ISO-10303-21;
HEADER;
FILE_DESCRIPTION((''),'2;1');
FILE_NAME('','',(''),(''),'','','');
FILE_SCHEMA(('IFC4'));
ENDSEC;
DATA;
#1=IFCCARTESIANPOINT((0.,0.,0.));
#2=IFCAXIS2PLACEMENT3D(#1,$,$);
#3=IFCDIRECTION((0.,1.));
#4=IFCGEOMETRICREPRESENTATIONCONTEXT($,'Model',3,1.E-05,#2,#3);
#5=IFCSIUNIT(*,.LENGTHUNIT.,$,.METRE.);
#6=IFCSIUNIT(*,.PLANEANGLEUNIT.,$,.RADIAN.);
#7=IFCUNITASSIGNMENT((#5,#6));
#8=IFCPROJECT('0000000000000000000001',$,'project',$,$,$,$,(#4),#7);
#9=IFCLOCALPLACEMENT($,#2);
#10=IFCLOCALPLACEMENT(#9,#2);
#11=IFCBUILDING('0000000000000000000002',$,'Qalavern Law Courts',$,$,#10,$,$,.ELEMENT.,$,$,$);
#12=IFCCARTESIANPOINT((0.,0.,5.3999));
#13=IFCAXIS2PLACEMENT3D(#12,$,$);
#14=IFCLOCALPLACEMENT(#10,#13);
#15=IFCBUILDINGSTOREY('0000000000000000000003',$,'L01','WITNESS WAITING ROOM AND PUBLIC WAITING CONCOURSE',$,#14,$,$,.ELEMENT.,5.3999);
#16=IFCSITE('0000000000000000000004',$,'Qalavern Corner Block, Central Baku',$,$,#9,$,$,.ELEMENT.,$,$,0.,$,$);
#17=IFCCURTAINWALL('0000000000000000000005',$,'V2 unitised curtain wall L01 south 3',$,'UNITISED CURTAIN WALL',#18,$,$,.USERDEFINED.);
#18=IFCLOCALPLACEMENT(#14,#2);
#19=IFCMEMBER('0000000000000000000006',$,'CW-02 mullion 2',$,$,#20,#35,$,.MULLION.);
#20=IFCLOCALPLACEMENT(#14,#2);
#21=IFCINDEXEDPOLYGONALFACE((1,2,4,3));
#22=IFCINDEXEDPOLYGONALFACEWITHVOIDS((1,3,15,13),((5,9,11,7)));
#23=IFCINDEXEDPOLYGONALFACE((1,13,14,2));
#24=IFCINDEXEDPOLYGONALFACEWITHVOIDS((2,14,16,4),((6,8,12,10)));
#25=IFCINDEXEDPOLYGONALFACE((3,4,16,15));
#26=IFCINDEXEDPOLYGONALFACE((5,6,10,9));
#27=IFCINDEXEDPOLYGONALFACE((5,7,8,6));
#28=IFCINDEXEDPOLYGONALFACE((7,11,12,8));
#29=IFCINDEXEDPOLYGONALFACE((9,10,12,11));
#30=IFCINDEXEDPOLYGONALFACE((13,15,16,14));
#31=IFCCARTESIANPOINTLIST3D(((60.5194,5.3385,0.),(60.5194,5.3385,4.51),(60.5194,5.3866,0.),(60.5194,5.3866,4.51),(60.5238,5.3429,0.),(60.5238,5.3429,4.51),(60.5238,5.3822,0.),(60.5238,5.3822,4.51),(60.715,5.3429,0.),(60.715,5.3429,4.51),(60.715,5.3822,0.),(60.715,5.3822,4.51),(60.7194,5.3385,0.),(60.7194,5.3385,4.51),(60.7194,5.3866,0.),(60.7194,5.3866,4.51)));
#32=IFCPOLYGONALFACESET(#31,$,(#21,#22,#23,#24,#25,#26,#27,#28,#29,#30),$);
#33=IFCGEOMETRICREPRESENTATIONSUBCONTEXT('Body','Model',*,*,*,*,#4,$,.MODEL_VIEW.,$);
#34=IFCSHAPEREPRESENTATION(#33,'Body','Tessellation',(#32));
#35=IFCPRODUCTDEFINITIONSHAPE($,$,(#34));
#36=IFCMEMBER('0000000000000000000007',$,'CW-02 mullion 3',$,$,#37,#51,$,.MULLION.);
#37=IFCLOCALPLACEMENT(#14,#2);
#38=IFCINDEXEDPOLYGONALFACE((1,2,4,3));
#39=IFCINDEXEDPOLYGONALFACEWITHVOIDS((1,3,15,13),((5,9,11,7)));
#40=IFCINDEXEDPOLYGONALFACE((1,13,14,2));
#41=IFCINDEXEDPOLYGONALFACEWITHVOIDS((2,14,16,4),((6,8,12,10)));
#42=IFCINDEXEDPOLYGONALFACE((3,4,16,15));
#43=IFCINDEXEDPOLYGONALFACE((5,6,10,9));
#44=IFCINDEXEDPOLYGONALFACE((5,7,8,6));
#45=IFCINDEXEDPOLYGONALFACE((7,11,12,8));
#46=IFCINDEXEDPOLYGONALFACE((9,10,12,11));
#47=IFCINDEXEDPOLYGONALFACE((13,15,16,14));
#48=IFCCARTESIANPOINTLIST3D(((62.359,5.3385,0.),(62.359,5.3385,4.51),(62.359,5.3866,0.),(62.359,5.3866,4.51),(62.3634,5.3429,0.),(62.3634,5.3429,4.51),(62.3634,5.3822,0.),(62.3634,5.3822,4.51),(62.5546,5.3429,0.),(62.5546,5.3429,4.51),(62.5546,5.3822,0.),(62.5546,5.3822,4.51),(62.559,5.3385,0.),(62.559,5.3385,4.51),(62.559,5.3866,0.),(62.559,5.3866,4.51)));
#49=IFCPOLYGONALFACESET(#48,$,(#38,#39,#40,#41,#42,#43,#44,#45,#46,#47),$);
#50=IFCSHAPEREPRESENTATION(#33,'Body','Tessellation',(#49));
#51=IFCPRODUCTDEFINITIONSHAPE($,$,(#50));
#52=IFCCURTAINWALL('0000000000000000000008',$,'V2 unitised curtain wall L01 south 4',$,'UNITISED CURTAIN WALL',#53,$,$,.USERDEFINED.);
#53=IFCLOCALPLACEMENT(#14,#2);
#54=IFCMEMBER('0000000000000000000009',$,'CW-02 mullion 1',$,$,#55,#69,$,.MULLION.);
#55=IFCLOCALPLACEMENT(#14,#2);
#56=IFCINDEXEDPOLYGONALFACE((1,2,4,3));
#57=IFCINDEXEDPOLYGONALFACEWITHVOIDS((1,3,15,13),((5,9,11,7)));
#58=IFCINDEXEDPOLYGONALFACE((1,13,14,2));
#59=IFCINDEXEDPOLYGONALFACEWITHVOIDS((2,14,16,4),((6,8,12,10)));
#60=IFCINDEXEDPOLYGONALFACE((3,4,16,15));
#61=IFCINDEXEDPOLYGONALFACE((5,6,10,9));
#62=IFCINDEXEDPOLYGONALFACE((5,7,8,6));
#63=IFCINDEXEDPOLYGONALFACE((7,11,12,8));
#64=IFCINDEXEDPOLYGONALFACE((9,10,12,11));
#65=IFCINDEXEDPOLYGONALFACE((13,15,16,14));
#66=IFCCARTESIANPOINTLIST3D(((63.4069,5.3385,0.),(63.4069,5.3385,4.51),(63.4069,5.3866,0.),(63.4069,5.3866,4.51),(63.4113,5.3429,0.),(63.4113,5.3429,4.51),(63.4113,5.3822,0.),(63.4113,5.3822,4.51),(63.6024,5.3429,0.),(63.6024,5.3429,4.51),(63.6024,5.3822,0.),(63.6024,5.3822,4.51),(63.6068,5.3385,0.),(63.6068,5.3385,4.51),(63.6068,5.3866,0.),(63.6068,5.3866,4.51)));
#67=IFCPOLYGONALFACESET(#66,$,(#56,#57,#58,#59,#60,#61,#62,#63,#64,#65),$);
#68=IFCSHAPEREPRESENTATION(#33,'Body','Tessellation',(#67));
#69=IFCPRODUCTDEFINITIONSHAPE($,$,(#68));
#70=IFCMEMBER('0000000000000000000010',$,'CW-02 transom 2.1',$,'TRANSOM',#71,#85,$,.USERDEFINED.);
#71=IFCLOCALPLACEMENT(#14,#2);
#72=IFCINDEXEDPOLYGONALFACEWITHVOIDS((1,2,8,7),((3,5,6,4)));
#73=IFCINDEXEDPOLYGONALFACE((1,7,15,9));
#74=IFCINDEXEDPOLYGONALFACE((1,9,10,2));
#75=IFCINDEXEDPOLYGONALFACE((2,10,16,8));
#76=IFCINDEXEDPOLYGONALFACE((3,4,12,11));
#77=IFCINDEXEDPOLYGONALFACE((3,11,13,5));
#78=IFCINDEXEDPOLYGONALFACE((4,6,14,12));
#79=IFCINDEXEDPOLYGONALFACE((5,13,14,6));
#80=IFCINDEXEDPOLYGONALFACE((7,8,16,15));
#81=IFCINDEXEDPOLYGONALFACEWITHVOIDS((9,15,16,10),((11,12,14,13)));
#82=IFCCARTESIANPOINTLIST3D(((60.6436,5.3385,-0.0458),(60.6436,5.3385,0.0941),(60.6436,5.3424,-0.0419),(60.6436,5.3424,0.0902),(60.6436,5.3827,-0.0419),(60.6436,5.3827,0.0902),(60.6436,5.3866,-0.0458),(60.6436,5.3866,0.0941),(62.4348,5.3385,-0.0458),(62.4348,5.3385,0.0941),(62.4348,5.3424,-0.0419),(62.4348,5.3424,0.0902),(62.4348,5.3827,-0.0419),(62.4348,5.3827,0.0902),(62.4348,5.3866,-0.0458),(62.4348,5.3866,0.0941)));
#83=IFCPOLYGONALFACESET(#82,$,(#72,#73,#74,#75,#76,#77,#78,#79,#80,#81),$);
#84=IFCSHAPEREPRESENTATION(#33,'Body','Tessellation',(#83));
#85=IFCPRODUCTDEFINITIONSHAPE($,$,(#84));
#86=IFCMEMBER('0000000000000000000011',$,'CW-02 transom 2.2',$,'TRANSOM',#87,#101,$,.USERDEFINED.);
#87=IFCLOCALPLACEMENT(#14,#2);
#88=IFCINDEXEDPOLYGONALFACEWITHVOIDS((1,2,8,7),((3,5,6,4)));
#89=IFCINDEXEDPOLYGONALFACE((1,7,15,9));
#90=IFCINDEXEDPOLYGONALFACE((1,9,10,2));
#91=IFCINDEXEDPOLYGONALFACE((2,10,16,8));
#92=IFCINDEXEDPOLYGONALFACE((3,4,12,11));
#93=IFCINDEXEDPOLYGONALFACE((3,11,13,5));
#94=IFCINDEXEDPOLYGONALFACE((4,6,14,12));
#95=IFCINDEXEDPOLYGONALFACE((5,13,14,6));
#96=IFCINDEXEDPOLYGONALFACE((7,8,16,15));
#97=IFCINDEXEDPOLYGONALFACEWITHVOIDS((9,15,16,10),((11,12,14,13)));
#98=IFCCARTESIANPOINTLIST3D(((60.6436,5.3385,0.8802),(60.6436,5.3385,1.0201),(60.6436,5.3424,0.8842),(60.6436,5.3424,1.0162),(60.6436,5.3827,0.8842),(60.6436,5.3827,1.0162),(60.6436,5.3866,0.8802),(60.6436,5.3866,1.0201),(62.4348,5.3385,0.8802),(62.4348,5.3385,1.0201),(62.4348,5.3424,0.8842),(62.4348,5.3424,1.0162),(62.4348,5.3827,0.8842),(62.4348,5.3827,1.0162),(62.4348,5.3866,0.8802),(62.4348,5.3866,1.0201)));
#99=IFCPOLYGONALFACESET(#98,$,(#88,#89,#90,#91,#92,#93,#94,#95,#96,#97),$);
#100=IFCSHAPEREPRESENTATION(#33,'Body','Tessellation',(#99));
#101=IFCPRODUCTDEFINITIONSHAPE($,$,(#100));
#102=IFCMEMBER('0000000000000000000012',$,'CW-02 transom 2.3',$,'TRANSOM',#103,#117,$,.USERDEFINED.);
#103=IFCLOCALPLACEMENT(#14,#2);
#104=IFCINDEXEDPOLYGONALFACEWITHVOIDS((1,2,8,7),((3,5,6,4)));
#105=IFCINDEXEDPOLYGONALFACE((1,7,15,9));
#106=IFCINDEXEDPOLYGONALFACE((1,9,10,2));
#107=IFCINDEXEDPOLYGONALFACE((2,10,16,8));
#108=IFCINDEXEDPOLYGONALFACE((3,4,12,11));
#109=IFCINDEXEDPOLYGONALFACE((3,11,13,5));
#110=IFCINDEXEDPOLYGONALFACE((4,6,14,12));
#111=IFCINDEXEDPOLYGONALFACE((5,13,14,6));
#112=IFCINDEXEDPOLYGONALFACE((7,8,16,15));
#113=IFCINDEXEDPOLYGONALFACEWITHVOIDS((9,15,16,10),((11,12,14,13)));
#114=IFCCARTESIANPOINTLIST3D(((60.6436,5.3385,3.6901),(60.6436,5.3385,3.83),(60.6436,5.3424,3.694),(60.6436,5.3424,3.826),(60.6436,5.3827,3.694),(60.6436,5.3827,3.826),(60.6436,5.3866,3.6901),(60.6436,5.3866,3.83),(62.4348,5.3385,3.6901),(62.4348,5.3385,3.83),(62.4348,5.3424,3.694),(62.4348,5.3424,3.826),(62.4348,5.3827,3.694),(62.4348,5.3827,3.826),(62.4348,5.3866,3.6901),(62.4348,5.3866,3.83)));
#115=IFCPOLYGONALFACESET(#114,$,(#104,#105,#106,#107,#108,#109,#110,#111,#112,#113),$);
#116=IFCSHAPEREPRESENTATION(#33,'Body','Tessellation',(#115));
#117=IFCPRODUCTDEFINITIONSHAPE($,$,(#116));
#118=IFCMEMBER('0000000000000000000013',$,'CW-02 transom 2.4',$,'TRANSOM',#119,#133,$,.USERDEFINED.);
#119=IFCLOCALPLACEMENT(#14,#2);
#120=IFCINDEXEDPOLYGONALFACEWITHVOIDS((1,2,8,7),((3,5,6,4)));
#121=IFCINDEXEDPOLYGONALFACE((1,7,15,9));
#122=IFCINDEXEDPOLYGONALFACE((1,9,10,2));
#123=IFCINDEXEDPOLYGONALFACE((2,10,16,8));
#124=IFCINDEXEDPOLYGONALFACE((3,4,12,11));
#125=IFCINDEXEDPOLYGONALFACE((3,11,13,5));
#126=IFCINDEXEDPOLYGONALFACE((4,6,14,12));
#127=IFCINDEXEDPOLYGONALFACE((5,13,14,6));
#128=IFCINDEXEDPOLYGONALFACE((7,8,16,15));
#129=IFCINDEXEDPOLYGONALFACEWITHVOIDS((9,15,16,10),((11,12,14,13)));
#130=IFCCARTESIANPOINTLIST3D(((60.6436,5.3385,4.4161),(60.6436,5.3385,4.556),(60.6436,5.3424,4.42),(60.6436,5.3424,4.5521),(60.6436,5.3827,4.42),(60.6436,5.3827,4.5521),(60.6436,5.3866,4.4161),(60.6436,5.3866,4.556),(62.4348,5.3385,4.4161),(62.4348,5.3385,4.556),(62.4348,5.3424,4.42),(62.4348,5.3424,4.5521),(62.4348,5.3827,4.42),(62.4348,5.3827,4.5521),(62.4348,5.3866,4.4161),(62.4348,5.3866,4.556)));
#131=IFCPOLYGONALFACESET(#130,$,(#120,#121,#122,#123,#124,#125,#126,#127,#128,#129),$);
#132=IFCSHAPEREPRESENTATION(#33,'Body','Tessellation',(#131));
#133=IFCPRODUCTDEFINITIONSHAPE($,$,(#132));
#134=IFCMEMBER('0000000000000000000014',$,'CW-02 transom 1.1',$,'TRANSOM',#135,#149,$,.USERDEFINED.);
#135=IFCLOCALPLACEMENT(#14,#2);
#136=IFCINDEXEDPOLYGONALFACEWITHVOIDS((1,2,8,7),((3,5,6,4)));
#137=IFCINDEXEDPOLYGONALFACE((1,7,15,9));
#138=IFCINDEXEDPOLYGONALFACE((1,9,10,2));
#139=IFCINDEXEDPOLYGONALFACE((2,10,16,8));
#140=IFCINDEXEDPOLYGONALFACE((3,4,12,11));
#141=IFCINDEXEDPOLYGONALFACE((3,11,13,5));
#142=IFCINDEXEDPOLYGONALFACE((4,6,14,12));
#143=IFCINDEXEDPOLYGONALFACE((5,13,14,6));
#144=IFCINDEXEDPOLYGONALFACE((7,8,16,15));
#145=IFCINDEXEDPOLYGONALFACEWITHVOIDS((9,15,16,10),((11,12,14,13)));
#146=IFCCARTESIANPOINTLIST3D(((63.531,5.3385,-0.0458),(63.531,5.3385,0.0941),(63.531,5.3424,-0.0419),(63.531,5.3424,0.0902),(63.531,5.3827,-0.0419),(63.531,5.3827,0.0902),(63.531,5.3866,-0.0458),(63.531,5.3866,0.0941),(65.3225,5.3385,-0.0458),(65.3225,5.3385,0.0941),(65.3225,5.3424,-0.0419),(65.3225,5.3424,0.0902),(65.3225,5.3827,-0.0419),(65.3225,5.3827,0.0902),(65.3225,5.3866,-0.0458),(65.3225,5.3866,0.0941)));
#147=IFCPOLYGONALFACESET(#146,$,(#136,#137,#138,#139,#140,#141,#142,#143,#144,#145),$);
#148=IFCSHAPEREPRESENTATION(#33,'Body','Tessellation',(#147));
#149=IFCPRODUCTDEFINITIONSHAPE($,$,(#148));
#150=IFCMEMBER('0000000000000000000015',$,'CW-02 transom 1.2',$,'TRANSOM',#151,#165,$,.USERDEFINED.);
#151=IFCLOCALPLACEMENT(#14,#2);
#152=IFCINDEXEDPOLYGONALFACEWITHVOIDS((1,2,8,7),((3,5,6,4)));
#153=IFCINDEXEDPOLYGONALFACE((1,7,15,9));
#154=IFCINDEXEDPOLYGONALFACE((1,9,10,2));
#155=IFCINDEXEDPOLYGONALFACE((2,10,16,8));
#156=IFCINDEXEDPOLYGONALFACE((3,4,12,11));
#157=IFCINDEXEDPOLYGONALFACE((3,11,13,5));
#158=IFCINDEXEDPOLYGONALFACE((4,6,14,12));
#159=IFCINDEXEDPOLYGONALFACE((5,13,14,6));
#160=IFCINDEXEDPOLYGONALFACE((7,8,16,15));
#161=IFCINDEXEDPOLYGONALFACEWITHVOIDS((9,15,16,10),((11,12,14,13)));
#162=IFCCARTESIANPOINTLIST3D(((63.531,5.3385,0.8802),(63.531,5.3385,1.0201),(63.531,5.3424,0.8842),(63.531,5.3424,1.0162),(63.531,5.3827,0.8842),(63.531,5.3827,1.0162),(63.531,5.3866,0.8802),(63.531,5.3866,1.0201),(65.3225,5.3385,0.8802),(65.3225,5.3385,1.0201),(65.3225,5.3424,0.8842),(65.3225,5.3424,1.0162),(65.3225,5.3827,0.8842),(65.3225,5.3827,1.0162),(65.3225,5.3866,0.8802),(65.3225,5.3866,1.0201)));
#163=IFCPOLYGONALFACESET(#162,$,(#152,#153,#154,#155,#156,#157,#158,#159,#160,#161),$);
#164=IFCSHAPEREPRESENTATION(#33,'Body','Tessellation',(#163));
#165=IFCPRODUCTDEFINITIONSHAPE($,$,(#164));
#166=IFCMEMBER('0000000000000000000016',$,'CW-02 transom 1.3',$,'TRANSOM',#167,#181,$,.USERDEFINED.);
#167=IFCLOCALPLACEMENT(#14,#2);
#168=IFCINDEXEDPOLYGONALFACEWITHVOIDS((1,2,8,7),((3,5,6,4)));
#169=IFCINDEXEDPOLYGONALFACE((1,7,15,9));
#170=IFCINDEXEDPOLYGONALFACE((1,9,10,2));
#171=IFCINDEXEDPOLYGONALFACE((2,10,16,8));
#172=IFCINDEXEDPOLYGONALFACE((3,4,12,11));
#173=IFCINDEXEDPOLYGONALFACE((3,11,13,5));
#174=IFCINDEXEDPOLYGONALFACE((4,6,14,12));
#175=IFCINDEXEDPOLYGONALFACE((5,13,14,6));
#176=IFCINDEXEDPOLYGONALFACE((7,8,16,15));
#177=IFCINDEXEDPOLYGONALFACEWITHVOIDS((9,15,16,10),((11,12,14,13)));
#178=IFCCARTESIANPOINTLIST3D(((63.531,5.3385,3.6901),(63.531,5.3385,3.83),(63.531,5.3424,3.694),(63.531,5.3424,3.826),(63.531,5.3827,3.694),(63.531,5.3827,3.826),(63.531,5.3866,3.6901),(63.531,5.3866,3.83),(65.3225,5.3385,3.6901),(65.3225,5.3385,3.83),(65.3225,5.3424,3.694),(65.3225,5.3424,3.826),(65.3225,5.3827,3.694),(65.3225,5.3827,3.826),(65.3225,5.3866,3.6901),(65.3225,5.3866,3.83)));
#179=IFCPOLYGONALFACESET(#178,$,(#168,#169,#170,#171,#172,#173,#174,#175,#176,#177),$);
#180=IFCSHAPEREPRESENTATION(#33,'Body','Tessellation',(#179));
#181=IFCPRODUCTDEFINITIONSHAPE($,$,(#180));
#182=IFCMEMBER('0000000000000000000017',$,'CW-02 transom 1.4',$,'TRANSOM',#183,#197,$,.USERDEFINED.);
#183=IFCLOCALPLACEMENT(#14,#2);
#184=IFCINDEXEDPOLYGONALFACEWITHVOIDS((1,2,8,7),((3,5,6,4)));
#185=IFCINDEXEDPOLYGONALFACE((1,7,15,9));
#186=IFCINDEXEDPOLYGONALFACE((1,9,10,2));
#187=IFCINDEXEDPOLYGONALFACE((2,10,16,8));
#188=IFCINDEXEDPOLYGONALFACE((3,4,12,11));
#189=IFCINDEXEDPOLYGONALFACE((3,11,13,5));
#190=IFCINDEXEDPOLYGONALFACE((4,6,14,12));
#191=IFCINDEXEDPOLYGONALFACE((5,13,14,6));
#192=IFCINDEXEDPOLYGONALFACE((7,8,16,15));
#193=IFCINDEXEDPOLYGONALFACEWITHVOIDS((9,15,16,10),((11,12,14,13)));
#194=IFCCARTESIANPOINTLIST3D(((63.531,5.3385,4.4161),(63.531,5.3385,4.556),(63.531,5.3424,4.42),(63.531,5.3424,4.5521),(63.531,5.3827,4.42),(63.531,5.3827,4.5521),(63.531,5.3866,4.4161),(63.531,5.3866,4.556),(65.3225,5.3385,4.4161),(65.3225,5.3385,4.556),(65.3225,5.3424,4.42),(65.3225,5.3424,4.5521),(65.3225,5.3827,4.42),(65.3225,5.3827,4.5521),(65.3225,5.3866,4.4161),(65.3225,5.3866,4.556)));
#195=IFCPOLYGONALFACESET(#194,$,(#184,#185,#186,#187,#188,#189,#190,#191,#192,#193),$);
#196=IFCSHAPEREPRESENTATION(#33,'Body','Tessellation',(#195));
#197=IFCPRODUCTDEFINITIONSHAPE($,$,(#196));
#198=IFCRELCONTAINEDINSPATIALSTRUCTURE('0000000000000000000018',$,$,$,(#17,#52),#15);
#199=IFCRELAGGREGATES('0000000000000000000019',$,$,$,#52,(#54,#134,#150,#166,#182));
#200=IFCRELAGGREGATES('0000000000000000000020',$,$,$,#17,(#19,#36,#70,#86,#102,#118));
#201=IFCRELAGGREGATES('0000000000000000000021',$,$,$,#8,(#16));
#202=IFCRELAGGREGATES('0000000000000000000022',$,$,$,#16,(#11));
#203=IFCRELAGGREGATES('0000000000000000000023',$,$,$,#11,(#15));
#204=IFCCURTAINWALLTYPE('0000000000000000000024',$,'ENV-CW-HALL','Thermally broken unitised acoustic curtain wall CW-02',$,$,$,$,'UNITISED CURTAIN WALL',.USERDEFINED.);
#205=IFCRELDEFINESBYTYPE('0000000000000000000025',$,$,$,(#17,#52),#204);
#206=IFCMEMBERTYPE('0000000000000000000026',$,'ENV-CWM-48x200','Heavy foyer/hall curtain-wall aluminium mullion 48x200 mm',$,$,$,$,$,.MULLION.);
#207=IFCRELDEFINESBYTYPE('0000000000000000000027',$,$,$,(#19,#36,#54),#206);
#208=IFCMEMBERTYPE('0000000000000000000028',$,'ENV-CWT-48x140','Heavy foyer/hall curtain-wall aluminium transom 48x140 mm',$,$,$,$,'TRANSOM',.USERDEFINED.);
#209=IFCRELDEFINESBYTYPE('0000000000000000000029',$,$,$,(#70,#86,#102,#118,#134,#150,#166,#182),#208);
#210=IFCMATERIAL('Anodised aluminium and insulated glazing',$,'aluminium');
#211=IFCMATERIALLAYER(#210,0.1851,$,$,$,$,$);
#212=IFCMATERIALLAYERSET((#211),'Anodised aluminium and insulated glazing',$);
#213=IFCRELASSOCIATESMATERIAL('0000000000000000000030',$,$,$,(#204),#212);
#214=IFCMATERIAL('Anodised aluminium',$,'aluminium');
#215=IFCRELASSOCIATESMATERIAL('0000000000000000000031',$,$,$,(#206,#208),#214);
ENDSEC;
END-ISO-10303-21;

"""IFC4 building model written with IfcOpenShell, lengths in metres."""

from ifc_helpers import new_model, si_unit, direction, frame, origin, origin_2d, place, context, subcontext, project, spatial, hollow_rectangle, extrude, material, layer, layer_set, material_profile, profile_set, type_object, element, aggregate, save


model = new_model("IFC4")

# Units and contexts
model_context = context("Model", 3, precision=1e-05, world=origin(), true_north=direction((0.0, 1.0)))
body_context = subcontext(model_context, "Body", "Model", "MODEL_VIEW")
ifc_project = project(units=[si_unit("LENGTHUNIT", "METRE"), si_unit("PLANEANGLEUNIT", "RADIAN")], contexts=[model_context])

# Site, building, storey
site_placement = place(None, origin())
site = spatial("IfcSite", under=ifc_project, at=site_placement, Name="Qalavern Corner Block, Central Baku", CompositionType="ELEMENT", RefElevation=0.0)
building_placement = place(site_placement, origin())
building = spatial("IfcBuilding", under=site, at=building_placement, Name="Qalavern Law Courts", CompositionType="ELEMENT")
storey_placement = place(building_placement, frame((0.0, 0.0, 5.3999)))
storey = spatial("IfcBuildingStorey", under=building, at=storey_placement, Name="L01", Description="WITNESS WAITING ROOM AND PUBLIC WAITING CONCOURSE", CompositionType="ELEMENT", Elevation=5.3999)

# Curtain wall, members
ifc_material_1 = material(Name="Anodised aluminium and insulated glazing", Category="aluminium")
ifc_layer_1 = layer(ifc_material_1, 0.1851)
ifc_layer_set_1 = layer_set([ifc_layer_1], Name="Anodised aluminium and insulated glazing")
curtain_wall_type = type_object("IfcCurtainWallType", Name="ENV-CW-HALL", Description="Thermally broken unitised acoustic curtain wall CW-02", ElementType="UNITISED CURTAIN WALL", PredefinedType="USERDEFINED", material=ifc_layer_set_1)
curtain_wall_1_placement = place(storey_placement, origin())
curtain_wall_1 = element("IfcCurtainWall", 1, at=curtain_wall_1_placement, inside=storey, type_object=curtain_wall_type, Name="V2 unitised curtain wall L01 south 3", ObjectType="UNITISED CURTAIN WALL", PredefinedType="USERDEFINED")
ifc_material_2 = material(Name="Anodised aluminium", Category="aluminium")
ifc_material_profile_1 = material_profile(ifc_material_2, hollow_rectangle(XDim=0.0481, YDim=0.2, WallThickness=0.0044, at=origin_2d()), Name="ALU MULLION 48x200")
ifc_profile_set_1 = profile_set([ifc_material_profile_1], Name="Anodised aluminium")
member_type_1 = type_object("IfcMemberType", Name="ENV-CWM-48x200", Description="Heavy foyer/hall curtain-wall aluminium mullion 48x200 mm", PredefinedType="MULLION", material=ifc_profile_set_1)
member_1_placement = place(storey_placement, frame((60.6194, 5.3625, 0.0), z_axis=(0.0, 0.0, 1.0), x_axis=(0.0, 1.0, 0.0)))
member_1 = element("IfcMember", 2, at=member_1_placement, type_object=member_type_1, Name="CW-02 mullion 2", PredefinedType="MULLION", context=body_context, shape_type="SweptSolid", body=[
    extrude(hollow_rectangle(XDim=0.0481, YDim=0.2, WallThickness=0.0044, at=origin_2d()), origin(), (0.0, 0.0, 1.0), 4.51),
])
member_2_placement = place(storey_placement, frame((62.459, 5.3625, 0.0), z_axis=(0.0, 0.0, 1.0), x_axis=(0.0, 1.0, 0.0)))
member_2 = element("IfcMember", 3, at=member_2_placement, type_object=member_type_1, Name="CW-02 mullion 3", PredefinedType="MULLION", context=body_context, shape_type="SweptSolid", body=[
    extrude(hollow_rectangle(XDim=0.0481, YDim=0.2, WallThickness=0.0044, at=origin_2d()), origin(), (0.0, 0.0, 1.0), 4.51),
])

# Curtain wall, member
curtain_wall_2_placement = place(storey_placement, origin())
curtain_wall_2 = element("IfcCurtainWall", 4, at=curtain_wall_2_placement, inside=storey, type_object=curtain_wall_type, Name="V2 unitised curtain wall L01 south 4", ObjectType="UNITISED CURTAIN WALL", PredefinedType="USERDEFINED")
member_3_placement = place(storey_placement, frame((63.5068, 5.3625, 0.0), z_axis=(0.0, 0.0, 1.0), x_axis=(0.0, 1.0, 0.0)))
member_3 = element("IfcMember", 5, at=member_3_placement, type_object=member_type_1, Name="CW-02 mullion 1", PredefinedType="MULLION", context=body_context, shape_type="SweptSolid", body=[
    extrude(hollow_rectangle(XDim=0.0481, YDim=0.2, WallThickness=0.0044, at=origin_2d()), origin(), (0.0, 0.0, 1.0), 4.51),
])

# Members
ifc_material_profile_2 = material_profile(ifc_material_2, hollow_rectangle(XDim=0.0481, YDim=0.1399, WallThickness=0.0039, at=origin_2d()), Name="ALU TRANSOM 48x140")
ifc_profile_set_2 = profile_set([ifc_material_profile_2], Name="Anodised aluminium")
member_type_2 = type_object("IfcMemberType", Name="ENV-CWT-48x140", Description="Heavy foyer/hall curtain-wall aluminium transom 48x140 mm", ElementType="TRANSOM", PredefinedType="USERDEFINED", material=ifc_profile_set_2)
member_4_placement = place(storey_placement, frame((60.6436, 5.3625, 0.0242), z_axis=(1.0, 0.0, 0.0), x_axis=(0.0, 1.0, 0.0)))
member_4 = element("IfcMember", 6, at=member_4_placement, type_object=member_type_2, Name="CW-02 transom 2.1", ObjectType="TRANSOM", PredefinedType="USERDEFINED", context=body_context, shape_type="SweptSolid", body=[
    extrude(hollow_rectangle(XDim=0.0481, YDim=0.1399, WallThickness=0.0039, at=origin_2d()), origin(), (0.0, 0.0, 1.0), 1.7913),
])
member_5_placement = place(storey_placement, frame((60.6436, 5.3625, 0.9502), z_axis=(1.0, 0.0, 0.0), x_axis=(0.0, 1.0, 0.0)))
member_5 = element("IfcMember", 7, at=member_5_placement, type_object=member_type_2, Name="CW-02 transom 2.2", ObjectType="TRANSOM", PredefinedType="USERDEFINED", context=body_context, shape_type="SweptSolid", body=[
    extrude(hollow_rectangle(XDim=0.0481, YDim=0.1399, WallThickness=0.0039, at=origin_2d()), origin(), (0.0, 0.0, 1.0), 1.7913),
])
member_6_placement = place(storey_placement, frame((60.6436, 5.3625, 3.76), z_axis=(1.0, 0.0, 0.0), x_axis=(0.0, 1.0, 0.0)))
member_6 = element("IfcMember", 8, at=member_6_placement, type_object=member_type_2, Name="CW-02 transom 2.3", ObjectType="TRANSOM", PredefinedType="USERDEFINED", context=body_context, shape_type="SweptSolid", body=[
    extrude(hollow_rectangle(XDim=0.0481, YDim=0.1399, WallThickness=0.0039, at=origin_2d()), origin(), (0.0, 0.0, 1.0), 1.7913),
])
member_7_placement = place(storey_placement, frame((60.6436, 5.3625, 4.4861), z_axis=(1.0, 0.0, 0.0), x_axis=(0.0, 1.0, 0.0)))
member_7 = element("IfcMember", 9, at=member_7_placement, type_object=member_type_2, Name="CW-02 transom 2.4", ObjectType="TRANSOM", PredefinedType="USERDEFINED", context=body_context, shape_type="SweptSolid", body=[
    extrude(hollow_rectangle(XDim=0.0481, YDim=0.1399, WallThickness=0.0039, at=origin_2d()), origin(), (0.0, 0.0, 1.0), 1.7913),
])
member_8_placement = place(storey_placement, frame((63.531, 5.3625, 0.0242), z_axis=(1.0, 0.0, 0.0), x_axis=(0.0, 1.0, 0.0)))
member_8 = element("IfcMember", 10, at=member_8_placement, type_object=member_type_2, Name="CW-02 transom 1.1", ObjectType="TRANSOM", PredefinedType="USERDEFINED", context=body_context, shape_type="SweptSolid", body=[
    extrude(hollow_rectangle(XDim=0.0481, YDim=0.1399, WallThickness=0.0039, at=origin_2d()), origin(), (0.0, 0.0, 1.0), 1.7915),
])
member_9_placement = place(storey_placement, frame((63.531, 5.3625, 0.9502), z_axis=(1.0, 0.0, 0.0), x_axis=(0.0, 1.0, 0.0)))
member_9 = element("IfcMember", 11, at=member_9_placement, type_object=member_type_2, Name="CW-02 transom 1.2", ObjectType="TRANSOM", PredefinedType="USERDEFINED", context=body_context, shape_type="SweptSolid", body=[
    extrude(hollow_rectangle(XDim=0.0481, YDim=0.1399, WallThickness=0.0039, at=origin_2d()), origin(), (0.0, 0.0, 1.0), 1.7915),
])
member_10_placement = place(storey_placement, frame((63.531, 5.3625, 3.76), z_axis=(1.0, 0.0, 0.0), x_axis=(0.0, 1.0, 0.0)))
member_10 = element("IfcMember", 12, at=member_10_placement, type_object=member_type_2, Name="CW-02 transom 1.3", ObjectType="TRANSOM", PredefinedType="USERDEFINED", context=body_context, shape_type="SweptSolid", body=[
    extrude(hollow_rectangle(XDim=0.0481, YDim=0.1399, WallThickness=0.0039, at=origin_2d()), origin(), (0.0, 0.0, 1.0), 1.7915),
])
member_11_placement = place(storey_placement, frame((63.531, 5.3625, 4.4861), z_axis=(1.0, 0.0, 0.0), x_axis=(0.0, 1.0, 0.0)))
member_11 = element("IfcMember", 13, at=member_11_placement, type_object=member_type_2, Name="CW-02 transom 1.4", ObjectType="TRANSOM", PredefinedType="USERDEFINED", context=body_context, shape_type="SweptSolid", body=[
    extrude(hollow_rectangle(XDim=0.0481, YDim=0.1399, WallThickness=0.0039, at=origin_2d()), origin(), (0.0, 0.0, 1.0), 1.7915),
])
aggregate(curtain_wall_2, [member_3, member_8, member_9, member_10, member_11])

aggregate(curtain_wall_1, [member_1, member_2, member_4, member_5, member_6, member_7])

save(model, "model.ifc")
